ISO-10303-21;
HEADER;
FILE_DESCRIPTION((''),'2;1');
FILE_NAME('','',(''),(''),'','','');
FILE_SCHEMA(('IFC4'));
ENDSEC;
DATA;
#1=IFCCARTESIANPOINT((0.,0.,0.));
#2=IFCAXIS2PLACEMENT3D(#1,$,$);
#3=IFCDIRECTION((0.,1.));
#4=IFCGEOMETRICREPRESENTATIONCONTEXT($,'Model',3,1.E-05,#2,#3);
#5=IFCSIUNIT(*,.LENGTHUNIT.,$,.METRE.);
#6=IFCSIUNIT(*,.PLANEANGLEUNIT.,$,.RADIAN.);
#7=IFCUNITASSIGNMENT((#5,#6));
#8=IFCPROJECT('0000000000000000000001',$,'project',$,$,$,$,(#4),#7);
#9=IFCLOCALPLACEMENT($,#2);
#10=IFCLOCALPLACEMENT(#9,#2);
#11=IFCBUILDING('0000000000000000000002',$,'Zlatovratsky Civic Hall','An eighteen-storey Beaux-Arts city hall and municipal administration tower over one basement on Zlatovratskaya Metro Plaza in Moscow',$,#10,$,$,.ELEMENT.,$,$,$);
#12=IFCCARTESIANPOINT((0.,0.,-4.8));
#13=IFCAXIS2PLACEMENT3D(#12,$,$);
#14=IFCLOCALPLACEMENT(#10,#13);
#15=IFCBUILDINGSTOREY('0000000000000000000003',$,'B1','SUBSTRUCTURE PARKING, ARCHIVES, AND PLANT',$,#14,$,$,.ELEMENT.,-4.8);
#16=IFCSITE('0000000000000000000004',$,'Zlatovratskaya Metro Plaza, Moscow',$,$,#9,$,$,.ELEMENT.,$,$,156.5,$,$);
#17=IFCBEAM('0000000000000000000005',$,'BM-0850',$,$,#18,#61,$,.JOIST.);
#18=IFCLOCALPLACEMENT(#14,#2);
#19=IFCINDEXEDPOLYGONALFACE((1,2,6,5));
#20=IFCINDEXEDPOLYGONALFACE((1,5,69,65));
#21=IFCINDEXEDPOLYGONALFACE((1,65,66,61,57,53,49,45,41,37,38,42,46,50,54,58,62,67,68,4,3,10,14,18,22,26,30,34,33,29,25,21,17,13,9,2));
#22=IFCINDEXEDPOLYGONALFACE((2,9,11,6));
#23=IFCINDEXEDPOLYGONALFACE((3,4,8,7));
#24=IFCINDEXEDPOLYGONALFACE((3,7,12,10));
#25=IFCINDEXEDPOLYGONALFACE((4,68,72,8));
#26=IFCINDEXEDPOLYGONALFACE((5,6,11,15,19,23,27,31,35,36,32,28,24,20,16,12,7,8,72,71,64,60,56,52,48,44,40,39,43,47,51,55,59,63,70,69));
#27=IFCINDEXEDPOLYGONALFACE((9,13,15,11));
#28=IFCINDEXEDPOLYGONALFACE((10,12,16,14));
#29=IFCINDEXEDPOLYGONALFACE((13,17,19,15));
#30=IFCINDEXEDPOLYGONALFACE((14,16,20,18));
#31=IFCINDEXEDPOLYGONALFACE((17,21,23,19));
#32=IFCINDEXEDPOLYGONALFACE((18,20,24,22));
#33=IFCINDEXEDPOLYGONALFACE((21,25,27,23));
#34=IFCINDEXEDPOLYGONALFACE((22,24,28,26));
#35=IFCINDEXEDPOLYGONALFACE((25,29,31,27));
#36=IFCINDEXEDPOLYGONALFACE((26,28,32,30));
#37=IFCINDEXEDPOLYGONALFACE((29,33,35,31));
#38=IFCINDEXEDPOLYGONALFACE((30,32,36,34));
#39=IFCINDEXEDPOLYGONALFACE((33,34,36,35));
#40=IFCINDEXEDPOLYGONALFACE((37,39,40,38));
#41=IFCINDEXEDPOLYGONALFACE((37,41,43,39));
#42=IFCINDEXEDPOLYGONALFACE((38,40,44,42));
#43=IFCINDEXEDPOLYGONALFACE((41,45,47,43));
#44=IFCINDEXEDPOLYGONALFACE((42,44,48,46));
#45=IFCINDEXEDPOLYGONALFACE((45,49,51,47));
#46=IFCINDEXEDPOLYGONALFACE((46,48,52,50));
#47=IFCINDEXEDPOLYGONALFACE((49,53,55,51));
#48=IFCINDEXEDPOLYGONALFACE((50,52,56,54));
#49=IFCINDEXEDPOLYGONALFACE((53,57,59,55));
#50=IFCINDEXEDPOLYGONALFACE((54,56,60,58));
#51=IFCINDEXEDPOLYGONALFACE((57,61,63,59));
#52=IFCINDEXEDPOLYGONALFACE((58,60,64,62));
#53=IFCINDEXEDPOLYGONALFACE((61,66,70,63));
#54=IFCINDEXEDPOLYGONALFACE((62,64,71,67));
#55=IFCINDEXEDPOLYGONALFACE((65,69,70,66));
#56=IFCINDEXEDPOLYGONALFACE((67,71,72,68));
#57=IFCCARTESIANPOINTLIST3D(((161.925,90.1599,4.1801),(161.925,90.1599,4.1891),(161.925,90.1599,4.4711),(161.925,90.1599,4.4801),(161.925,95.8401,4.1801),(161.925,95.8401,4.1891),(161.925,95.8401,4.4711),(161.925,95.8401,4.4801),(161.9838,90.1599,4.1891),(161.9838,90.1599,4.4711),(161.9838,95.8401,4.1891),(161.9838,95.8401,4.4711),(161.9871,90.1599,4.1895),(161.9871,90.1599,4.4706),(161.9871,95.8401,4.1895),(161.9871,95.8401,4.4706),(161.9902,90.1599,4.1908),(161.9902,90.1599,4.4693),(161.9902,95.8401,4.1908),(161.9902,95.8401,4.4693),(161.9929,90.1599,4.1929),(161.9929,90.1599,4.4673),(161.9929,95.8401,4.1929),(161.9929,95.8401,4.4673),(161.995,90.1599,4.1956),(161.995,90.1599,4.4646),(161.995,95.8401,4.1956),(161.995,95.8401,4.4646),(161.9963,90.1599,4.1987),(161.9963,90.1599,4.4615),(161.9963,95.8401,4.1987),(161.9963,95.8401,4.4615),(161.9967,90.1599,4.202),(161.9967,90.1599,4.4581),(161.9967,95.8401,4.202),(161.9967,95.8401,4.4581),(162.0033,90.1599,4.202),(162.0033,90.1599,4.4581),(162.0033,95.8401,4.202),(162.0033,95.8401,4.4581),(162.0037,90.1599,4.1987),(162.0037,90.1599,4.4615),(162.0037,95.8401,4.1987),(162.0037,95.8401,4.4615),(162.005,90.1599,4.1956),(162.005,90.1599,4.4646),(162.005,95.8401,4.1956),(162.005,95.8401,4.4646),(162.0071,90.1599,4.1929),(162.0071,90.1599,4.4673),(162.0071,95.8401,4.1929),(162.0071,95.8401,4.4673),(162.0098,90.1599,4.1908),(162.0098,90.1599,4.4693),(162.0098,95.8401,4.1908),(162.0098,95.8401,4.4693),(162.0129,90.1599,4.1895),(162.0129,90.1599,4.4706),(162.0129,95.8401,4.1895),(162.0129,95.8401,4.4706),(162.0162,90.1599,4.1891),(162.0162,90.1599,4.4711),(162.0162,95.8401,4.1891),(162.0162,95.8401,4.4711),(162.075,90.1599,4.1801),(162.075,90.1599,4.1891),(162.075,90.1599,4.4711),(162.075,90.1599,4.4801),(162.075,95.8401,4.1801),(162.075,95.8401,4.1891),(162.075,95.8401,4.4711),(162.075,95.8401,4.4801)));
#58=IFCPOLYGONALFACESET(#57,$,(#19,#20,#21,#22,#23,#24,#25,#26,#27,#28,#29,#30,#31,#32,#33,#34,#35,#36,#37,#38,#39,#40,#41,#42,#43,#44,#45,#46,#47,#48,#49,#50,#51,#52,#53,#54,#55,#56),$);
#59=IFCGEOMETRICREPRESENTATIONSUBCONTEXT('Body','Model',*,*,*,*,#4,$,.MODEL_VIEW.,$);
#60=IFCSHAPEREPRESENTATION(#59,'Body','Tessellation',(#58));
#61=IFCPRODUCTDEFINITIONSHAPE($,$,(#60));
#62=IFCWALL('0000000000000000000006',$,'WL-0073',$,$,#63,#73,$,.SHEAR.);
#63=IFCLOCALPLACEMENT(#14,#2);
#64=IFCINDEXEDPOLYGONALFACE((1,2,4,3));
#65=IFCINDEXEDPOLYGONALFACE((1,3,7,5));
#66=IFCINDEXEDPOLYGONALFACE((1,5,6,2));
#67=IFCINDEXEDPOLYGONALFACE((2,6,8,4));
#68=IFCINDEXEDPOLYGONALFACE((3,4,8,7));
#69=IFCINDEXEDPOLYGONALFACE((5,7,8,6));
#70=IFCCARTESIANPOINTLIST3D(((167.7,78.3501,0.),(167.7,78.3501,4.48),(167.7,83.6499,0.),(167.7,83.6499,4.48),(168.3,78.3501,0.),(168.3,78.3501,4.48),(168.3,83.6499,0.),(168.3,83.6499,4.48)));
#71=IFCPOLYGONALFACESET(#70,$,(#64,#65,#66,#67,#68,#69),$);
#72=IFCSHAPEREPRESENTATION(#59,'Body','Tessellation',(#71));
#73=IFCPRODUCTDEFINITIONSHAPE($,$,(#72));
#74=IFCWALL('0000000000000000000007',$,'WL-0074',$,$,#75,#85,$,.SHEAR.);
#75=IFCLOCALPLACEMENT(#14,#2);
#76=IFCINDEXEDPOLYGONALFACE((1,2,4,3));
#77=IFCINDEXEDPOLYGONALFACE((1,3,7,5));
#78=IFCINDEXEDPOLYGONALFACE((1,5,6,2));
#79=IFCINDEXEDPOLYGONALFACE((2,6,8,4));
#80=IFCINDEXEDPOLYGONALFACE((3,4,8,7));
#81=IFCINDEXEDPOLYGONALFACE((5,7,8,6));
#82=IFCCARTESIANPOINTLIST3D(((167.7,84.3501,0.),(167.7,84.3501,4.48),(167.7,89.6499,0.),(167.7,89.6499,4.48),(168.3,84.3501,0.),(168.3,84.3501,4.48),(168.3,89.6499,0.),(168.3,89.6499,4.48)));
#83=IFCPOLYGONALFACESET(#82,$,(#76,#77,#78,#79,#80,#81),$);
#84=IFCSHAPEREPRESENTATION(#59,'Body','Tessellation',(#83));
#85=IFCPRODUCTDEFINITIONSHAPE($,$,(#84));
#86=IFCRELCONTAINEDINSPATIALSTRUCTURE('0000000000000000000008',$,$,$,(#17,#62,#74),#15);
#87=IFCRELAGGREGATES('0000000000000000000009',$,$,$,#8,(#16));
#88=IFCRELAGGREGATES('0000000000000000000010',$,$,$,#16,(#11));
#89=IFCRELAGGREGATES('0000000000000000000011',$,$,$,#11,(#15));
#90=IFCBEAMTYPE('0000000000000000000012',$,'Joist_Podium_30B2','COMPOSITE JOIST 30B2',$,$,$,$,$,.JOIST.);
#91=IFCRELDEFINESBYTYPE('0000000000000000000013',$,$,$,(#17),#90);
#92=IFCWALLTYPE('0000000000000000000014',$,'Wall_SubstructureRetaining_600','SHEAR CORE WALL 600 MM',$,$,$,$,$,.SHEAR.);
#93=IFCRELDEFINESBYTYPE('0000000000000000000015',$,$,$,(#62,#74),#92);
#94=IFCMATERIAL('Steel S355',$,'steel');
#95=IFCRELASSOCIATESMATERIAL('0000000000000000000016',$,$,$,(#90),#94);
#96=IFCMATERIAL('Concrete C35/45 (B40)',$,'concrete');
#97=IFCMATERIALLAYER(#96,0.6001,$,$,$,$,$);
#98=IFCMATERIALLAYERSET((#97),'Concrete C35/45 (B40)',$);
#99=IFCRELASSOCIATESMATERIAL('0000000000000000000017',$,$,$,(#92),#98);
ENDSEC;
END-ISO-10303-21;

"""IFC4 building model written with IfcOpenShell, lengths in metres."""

from ifc_helpers import new_model, si_unit, direction, frame, frame_2d, origin, origin_2d, place, context, subcontext, project, spatial, rectangle, i_section, extrude, material, layer, layer_set, material_profile, profile_set, type_object, element, save


model = new_model("IFC4")

# Units and contexts
model_context = context("Model", 3, precision=1e-05, world=origin(), true_north=direction((0.0, 1.0)))
body_context = subcontext(model_context, "Body", "Model", "MODEL_VIEW")
ifc_project = project(units=[si_unit("LENGTHUNIT", "METRE"), si_unit("PLANEANGLEUNIT", "RADIAN")], contexts=[model_context])

# Site, building, storey
site_placement = place(None, origin())
site = spatial("IfcSite", under=ifc_project, at=site_placement, Name="Zlatovratskaya Metro Plaza, Moscow", CompositionType="ELEMENT", RefElevation=156.5)
building_placement = place(site_placement, origin())
building = spatial("IfcBuilding", under=site, at=building_placement, Name="Zlatovratsky Civic Hall", Description="An eighteen-storey Beaux-Arts city hall and municipal administration tower over one basement on Zlatovratskaya Metro Plaza in Moscow", CompositionType="ELEMENT")
storey_placement = place(building_placement, frame((0.0, 0.0, -4.8)))
storey = spatial("IfcBuildingStorey", under=building, at=storey_placement, Name="B1", Description="SUBSTRUCTURE PARKING, ARCHIVES, AND PLANT", CompositionType="ELEMENT", Elevation=-4.8)

# Shared definitions
ifc_material_1 = material(Name="Concrete C35/45 (B40)", Category="concrete")

# Beam
ifc_material_2 = material(Name="Steel S355", Category="steel")
ifc_material_profile_1 = material_profile(ifc_material_2, i_section(OverallWidth=0.1499, OverallDepth=0.3, WebThickness=0.0066, FlangeThickness=0.009, FilletRadius=0.0129, at=origin_2d()), Name="30B2")
ifc_profile_set_1 = profile_set([ifc_material_profile_1], Name="Steel S355")
beam_type_1 = type_object("IfcBeamType", Name="Joist_Podium_30B2", Description="COMPOSITE JOIST 30B2", PredefinedType="JOIST", material=ifc_profile_set_1)
for number, where, z_axis, x_axis, name in (
    (1, (162.0, 90.1599, 4.3301), (0.0, 1.0, 0.0), (-1.0, 0.0, 0.0), "BM-0850"),
):
    element("IfcBeam", number, at=place(storey_placement, frame(where, z_axis=z_axis, x_axis=x_axis)), inside=storey, type_object=beam_type_1, Name=name, PredefinedType="JOIST", context=body_context, shape_type="SweptSolid", body=[
        extrude(i_section(OverallWidth=0.1499, OverallDepth=0.3, WebThickness=0.0066, FlangeThickness=0.009, FilletRadius=0.0129, at=origin_2d()), origin(), (0.0, 0.0, 1.0), 5.6802),
    ])

# Walls
ifc_layer = layer(ifc_material_1, 0.6001)
ifc_layer_set = layer_set([ifc_layer], Name="Concrete C35/45 (B40)")
wall_type = type_object("IfcWallType", Name="Wall_SubstructureRetaining_600", Description="SHEAR CORE WALL 600 MM", PredefinedType="SHEAR", material=ifc_layer_set)
for number, where, z_axis, x_axis, name in (
    (2, (168.0, 78.3501, 0.0), (0.0, 0.0, 1.0), (0.0, 1.0, 0.0), "WL-0073"),
    (3, (168.0, 84.3501, 0.0), (0.0, 0.0, 1.0), (0.0, 1.0, 0.0), "WL-0074"),
):
    element("IfcWall", number, at=place(storey_placement, frame(where, z_axis=z_axis, x_axis=x_axis)), inside=storey, type_object=wall_type, Name=name, PredefinedType="SHEAR", context=body_context, shape_type="SweptSolid", body=[
        extrude(rectangle(XDim=5.2998, YDim=0.6001, at=frame_2d((2.6499, 0.0))), origin(), (0.0, 0.0, 1.0), 4.48),
    ])

save(model, "model.ifc")
